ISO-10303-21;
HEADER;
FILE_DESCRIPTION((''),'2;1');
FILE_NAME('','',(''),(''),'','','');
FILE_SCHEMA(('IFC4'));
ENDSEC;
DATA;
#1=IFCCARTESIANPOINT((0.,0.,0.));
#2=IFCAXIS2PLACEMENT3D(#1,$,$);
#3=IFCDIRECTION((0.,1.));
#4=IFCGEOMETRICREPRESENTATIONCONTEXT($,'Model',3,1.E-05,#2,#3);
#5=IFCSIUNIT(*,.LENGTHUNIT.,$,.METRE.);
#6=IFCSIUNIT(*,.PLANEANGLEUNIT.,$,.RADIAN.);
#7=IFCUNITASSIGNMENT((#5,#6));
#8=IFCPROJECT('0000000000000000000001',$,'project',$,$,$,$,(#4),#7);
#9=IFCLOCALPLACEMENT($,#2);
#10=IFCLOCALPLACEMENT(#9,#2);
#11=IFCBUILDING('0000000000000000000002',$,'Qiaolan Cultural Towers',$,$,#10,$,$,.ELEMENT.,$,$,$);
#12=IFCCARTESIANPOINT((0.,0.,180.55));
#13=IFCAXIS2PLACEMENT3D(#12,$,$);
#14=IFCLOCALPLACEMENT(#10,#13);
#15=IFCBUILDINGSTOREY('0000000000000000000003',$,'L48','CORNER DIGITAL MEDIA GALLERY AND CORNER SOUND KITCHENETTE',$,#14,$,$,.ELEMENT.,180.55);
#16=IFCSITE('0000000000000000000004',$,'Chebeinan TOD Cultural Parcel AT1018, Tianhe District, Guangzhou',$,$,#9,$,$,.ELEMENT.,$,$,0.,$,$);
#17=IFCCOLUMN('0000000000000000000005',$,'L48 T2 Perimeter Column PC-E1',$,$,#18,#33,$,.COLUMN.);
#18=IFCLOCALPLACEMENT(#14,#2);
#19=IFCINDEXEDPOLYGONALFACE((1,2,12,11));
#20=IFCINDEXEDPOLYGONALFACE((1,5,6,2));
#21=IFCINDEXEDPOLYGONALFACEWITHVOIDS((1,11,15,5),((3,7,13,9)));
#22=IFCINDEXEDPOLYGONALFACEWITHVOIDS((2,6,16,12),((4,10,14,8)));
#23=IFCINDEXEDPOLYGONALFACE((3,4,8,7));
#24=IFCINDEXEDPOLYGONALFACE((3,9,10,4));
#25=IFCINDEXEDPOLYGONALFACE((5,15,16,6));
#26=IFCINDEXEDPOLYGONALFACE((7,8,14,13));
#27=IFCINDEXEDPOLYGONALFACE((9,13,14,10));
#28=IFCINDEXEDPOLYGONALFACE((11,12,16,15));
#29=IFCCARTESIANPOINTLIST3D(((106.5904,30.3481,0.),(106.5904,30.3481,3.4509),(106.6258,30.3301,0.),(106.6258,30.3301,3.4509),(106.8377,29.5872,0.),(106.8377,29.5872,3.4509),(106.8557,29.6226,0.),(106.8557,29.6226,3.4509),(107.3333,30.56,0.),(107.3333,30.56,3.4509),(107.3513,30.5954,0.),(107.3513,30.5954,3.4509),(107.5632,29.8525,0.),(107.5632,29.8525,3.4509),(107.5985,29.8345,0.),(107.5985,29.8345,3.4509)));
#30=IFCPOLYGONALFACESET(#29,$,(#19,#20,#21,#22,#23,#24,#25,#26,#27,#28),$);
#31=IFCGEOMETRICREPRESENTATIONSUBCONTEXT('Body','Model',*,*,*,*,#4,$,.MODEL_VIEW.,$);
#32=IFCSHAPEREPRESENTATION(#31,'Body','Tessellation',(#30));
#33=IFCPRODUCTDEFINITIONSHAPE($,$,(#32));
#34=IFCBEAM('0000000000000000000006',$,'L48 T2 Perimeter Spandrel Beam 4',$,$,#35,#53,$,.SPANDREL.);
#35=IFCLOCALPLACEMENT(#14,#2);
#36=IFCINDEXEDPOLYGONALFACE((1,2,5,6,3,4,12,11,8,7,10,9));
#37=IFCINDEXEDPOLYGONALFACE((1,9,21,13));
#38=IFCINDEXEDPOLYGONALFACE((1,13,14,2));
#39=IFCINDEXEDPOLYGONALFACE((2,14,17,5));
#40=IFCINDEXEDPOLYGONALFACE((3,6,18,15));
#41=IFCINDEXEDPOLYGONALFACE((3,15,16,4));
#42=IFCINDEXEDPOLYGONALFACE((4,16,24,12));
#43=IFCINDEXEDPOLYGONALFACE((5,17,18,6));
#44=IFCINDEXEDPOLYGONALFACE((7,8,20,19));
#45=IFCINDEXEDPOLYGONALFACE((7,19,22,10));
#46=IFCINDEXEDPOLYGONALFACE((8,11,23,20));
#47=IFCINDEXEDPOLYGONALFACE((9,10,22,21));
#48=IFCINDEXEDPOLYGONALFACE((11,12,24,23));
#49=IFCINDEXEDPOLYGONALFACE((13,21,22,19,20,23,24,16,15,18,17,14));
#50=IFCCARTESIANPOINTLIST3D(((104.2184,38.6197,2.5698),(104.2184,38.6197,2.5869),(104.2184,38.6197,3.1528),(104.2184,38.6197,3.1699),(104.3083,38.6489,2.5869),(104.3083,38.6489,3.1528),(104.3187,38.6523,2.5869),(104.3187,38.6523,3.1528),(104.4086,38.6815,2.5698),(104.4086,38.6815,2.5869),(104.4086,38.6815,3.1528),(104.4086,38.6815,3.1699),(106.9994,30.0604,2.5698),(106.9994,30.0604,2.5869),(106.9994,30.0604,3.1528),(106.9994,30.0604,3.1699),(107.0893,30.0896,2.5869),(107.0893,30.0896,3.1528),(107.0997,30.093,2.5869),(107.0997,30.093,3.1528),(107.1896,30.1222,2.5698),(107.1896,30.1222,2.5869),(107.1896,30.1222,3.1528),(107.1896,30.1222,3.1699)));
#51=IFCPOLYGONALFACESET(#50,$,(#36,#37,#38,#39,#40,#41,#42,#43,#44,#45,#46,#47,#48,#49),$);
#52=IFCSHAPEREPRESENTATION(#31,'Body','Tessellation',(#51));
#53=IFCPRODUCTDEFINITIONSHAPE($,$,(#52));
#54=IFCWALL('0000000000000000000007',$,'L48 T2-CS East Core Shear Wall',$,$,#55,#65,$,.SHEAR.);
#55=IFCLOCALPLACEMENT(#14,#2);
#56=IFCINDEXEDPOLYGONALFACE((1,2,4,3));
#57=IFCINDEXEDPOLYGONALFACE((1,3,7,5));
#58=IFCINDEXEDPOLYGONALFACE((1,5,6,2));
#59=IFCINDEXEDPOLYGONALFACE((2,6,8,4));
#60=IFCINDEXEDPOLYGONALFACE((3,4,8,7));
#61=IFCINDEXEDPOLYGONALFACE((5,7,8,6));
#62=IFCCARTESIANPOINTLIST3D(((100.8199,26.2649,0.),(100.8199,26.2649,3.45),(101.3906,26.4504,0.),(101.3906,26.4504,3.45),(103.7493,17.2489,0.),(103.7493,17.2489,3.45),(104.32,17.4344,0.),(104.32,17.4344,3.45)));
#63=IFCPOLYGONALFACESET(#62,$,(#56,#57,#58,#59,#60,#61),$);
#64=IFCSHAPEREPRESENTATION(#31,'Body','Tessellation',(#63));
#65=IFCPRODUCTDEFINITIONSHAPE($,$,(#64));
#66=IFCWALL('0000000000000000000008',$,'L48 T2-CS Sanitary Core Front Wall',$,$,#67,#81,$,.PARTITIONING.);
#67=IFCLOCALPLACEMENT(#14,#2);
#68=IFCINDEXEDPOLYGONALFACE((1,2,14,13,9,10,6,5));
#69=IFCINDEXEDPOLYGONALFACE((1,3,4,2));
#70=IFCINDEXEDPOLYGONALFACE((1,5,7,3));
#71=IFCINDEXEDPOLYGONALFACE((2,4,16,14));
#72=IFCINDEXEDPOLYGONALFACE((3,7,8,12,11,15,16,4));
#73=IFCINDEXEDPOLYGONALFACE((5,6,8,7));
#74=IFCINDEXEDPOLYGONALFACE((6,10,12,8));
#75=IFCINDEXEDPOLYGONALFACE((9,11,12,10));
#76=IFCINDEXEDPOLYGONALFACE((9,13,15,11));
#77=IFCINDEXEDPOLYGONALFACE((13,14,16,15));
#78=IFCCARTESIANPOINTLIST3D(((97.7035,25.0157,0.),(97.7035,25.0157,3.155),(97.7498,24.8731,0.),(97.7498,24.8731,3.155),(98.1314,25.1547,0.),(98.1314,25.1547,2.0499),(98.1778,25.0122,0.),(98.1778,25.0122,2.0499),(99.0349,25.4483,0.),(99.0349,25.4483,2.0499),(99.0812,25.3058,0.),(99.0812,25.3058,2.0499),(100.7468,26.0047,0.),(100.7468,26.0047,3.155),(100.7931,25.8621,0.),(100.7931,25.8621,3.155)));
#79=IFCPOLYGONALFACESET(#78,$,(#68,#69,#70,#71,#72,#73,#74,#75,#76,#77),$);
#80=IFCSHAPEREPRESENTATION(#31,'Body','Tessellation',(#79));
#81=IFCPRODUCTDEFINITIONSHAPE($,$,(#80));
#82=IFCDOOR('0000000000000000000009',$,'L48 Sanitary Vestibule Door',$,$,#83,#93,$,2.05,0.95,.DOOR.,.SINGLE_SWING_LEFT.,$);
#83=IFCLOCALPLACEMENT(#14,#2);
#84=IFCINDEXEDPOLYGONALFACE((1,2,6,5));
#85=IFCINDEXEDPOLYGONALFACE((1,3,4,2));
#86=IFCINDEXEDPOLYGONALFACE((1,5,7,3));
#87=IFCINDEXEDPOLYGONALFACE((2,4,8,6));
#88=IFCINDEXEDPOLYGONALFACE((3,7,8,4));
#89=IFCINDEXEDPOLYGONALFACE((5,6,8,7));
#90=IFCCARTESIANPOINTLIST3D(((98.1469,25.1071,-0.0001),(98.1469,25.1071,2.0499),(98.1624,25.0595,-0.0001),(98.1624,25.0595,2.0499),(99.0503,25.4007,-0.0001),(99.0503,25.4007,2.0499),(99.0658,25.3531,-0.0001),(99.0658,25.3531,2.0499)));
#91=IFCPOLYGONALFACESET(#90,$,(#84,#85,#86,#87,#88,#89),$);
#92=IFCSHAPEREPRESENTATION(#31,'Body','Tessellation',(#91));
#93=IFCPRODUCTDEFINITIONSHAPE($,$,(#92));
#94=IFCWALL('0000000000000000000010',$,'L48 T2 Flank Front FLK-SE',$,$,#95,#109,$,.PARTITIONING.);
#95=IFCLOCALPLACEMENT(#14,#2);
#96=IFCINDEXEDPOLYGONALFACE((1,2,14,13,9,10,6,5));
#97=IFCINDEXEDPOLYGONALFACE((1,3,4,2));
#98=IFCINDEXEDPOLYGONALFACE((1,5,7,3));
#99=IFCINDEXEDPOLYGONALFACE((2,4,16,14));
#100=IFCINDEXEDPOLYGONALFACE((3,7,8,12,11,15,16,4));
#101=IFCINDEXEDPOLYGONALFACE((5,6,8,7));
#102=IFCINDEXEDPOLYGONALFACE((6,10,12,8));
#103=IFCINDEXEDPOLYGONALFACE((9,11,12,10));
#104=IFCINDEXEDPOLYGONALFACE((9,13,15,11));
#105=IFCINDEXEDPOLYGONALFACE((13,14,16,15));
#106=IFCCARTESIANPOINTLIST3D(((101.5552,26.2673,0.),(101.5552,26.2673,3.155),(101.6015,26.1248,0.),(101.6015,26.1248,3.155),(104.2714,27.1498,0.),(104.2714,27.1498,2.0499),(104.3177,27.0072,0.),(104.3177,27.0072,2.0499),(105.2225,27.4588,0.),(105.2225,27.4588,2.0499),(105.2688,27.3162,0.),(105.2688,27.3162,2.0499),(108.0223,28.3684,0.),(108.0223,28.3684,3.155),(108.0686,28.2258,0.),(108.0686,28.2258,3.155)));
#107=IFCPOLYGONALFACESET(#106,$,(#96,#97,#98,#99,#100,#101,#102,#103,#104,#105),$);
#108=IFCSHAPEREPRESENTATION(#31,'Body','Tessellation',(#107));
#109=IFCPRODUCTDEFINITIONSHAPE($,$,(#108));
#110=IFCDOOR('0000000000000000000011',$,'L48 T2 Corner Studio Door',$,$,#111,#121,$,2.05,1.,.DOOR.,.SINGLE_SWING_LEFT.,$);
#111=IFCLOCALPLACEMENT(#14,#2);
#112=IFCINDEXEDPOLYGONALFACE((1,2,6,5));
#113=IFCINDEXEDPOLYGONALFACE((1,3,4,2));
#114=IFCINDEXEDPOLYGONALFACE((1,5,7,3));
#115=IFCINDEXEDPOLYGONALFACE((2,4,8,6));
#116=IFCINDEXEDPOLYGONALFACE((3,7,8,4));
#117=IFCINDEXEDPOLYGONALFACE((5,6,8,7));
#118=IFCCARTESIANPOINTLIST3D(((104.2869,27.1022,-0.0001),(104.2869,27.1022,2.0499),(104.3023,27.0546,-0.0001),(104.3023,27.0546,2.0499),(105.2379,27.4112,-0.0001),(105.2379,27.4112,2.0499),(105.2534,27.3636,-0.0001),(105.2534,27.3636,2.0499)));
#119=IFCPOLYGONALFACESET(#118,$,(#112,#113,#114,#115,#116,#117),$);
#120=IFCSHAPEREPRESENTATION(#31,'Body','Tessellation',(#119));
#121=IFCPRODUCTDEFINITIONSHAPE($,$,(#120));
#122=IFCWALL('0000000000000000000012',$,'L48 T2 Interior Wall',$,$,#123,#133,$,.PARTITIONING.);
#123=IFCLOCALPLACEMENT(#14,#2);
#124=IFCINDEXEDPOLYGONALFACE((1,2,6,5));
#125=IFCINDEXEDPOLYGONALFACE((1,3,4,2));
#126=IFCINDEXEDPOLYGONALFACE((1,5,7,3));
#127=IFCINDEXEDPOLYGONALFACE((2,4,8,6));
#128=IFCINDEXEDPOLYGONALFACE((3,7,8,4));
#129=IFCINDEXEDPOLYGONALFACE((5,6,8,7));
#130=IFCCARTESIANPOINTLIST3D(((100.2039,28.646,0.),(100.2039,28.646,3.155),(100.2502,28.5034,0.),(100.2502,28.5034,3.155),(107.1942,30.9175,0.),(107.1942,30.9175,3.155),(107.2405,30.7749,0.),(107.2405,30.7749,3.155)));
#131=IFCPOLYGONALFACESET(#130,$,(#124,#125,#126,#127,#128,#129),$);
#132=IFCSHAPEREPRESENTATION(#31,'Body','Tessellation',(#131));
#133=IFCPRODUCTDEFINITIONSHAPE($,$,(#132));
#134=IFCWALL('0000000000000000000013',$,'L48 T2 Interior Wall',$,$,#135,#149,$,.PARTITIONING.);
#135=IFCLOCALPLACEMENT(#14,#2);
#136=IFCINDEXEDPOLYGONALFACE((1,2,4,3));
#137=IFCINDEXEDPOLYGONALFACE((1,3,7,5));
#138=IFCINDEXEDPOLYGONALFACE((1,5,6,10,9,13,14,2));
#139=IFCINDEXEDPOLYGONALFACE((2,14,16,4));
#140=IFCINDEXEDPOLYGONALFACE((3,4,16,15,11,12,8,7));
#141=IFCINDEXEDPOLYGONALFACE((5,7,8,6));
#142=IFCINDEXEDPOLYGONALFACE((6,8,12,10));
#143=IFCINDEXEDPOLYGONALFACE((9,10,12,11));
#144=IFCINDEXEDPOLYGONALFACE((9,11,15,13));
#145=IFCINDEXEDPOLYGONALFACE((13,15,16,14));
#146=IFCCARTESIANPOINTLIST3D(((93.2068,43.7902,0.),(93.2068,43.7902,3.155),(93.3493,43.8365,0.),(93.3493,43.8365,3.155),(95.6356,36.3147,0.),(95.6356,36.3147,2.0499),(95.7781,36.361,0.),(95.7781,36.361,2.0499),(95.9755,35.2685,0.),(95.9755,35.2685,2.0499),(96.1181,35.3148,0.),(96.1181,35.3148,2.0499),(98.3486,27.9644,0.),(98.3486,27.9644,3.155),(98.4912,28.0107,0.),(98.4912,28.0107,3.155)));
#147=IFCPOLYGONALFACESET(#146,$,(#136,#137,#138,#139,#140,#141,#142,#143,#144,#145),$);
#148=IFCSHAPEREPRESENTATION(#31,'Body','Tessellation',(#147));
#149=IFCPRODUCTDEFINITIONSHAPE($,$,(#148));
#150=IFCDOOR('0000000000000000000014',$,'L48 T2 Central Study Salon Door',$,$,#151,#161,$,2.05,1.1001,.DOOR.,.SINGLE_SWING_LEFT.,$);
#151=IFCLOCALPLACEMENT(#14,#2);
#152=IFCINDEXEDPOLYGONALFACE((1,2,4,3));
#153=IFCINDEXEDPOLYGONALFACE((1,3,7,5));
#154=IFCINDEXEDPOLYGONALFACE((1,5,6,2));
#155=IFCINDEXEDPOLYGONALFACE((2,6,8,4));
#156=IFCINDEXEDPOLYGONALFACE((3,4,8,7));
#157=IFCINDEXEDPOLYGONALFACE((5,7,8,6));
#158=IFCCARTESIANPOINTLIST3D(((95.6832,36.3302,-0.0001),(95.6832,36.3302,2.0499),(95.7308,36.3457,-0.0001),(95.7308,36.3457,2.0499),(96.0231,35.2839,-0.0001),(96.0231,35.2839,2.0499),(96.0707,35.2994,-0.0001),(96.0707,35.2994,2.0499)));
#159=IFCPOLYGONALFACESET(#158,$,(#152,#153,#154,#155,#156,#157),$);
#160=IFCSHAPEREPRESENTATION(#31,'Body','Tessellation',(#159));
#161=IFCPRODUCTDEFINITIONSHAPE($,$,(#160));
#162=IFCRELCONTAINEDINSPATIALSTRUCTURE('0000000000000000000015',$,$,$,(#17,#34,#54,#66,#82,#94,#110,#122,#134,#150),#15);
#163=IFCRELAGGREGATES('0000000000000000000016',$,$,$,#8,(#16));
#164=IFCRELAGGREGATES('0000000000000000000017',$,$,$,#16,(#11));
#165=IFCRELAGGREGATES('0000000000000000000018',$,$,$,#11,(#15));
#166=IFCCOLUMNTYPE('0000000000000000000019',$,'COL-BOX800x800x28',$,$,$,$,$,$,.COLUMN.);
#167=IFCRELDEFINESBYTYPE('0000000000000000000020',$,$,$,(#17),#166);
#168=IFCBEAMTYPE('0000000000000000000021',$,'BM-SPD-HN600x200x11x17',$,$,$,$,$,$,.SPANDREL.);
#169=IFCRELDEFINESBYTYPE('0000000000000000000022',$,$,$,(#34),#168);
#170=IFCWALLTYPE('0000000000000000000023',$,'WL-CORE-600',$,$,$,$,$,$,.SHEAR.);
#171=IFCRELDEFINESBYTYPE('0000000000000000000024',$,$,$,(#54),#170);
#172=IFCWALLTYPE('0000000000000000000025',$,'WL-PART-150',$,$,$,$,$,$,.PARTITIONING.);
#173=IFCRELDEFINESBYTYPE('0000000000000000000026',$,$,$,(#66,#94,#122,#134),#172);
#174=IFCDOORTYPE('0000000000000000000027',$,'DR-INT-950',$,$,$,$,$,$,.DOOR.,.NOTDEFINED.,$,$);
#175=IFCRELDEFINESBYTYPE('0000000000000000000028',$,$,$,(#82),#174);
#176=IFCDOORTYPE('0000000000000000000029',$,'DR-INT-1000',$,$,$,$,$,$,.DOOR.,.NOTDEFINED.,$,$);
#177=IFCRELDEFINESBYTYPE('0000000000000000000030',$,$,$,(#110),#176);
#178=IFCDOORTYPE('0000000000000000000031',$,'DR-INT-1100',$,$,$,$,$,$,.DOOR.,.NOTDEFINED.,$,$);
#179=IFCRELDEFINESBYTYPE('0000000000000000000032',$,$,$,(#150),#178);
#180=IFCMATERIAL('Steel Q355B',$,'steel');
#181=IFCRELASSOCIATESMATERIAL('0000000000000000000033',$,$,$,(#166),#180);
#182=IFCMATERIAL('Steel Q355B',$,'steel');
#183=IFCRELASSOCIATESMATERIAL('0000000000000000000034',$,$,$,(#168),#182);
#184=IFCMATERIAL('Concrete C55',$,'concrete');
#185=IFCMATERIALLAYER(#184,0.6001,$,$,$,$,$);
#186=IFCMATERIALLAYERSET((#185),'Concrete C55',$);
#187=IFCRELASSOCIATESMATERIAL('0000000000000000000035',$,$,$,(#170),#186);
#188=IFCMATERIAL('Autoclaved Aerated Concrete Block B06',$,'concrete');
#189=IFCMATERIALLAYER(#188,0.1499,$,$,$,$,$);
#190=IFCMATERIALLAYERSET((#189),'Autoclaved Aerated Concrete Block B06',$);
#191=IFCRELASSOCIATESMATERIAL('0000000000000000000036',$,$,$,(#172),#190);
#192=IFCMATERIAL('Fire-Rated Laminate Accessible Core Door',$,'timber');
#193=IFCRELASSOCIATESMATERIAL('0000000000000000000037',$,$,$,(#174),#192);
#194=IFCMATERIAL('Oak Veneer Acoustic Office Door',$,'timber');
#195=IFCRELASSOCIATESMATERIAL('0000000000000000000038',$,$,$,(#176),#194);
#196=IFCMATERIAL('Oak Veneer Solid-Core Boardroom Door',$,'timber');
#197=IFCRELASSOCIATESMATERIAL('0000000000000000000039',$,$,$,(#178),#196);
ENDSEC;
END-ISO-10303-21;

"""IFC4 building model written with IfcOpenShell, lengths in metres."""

from ifc_helpers import new_model, si_unit, direction, frame, frame_2d, origin, origin_2d, place, context, subcontext, project, spatial, rectangle, hollow_rectangle, i_section, extrude, material, layer, layer_set, material_profile, profile_set, type_object, element, fill, save


model = new_model("IFC4")

# Units and contexts
model_context = context("Model", 3, precision=1e-05, world=origin(), true_north=direction((0.0, 1.0)))
body_context = subcontext(model_context, "Body", "Model", "MODEL_VIEW")
ifc_project = project(units=[si_unit("LENGTHUNIT", "METRE"), si_unit("PLANEANGLEUNIT", "RADIAN")], contexts=[model_context])

# Site, building, storey
site_placement = place(None, origin())
site = spatial("IfcSite", under=ifc_project, at=site_placement, Name="Chebeinan TOD Cultural Parcel AT1018, Tianhe District, Guangzhou", CompositionType="ELEMENT", RefElevation=0.0)
building_placement = place(site_placement, origin())
building = spatial("IfcBuilding", under=site, at=building_placement, Name="Qiaolan Cultural Towers", CompositionType="ELEMENT")
storey_placement = place(building_placement, frame((0.0, 0.0, 180.55)))
storey = spatial("IfcBuildingStorey", under=building, at=storey_placement, Name="L48", Description="CORNER DIGITAL MEDIA GALLERY AND CORNER SOUND KITCHENETTE", CompositionType="ELEMENT", Elevation=180.55)

# Column
ifc_material_1 = material(Name="Steel Q355B", Category="steel")
ifc_material_profile_1 = material_profile(ifc_material_1, hollow_rectangle(XDim=0.8, YDim=0.8, WallThickness=0.0281, at=origin_2d()), Name="BOX800x800x28")
ifc_profile_set_1 = profile_set([ifc_material_profile_1], Name="Steel Q355B")
column_type = type_object("IfcColumnType", Name="COL-BOX800x800x28", PredefinedType="COLUMN", material=ifc_profile_set_1)
column_placement = place(storey_placement, frame((107.0945, 30.0913, 0.0), z_axis=(0.0, 0.0, 1.0), x_axis=(0.951057, 0.309017, 0.0)))
element("IfcColumn", 1, at=column_placement, inside=storey, type_object=column_type, Name="L48 T2 Perimeter Column PC-E1", PredefinedType="COLUMN", context=body_context, shape_type="SweptSolid", body=[
    extrude(hollow_rectangle(XDim=0.8, YDim=0.8, WallThickness=0.0281, at=origin_2d()), origin(), (0.0, 0.0, 1.0), 3.4509),
])

# Beam
ifc_material_2 = material(Name="Steel Q355B", Category="steel")
ifc_material_profile_2 = material_profile(ifc_material_2, i_section(OverallWidth=0.2, OverallDepth=0.6001, WebThickness=0.011, FlangeThickness=0.0171, at=origin_2d()), Name="HN600x200x11x17")
ifc_profile_set_2 = profile_set([ifc_material_profile_2], Name="Steel Q355B")
beam_type = type_object("IfcBeamType", Name="BM-SPD-HN600x200x11x17", PredefinedType="SPANDREL", material=ifc_profile_set_2)
beam_placement = place(storey_placement, frame((107.0945, 30.0913, 2.8699), z_axis=(-0.309008, 0.951059, 0.0), x_axis=(-0.951059, -0.309008, 0.0)))
element("IfcBeam", 2, at=beam_placement, inside=storey, type_object=beam_type, Name="L48 T2 Perimeter Spandrel Beam 4", PredefinedType="SPANDREL", context=body_context, shape_type="SweptSolid", body=[
    extrude(i_section(OverallWidth=0.2, OverallDepth=0.6001, WebThickness=0.011, FlangeThickness=0.0171, at=origin_2d()), origin(), (0.0, 0.0, 1.0), 8.9998),
])

# Wall
ifc_material_3 = material(Name="Concrete C55", Category="concrete")
ifc_layer_1 = layer(ifc_material_3, 0.6001)
ifc_layer_set_1 = layer_set([ifc_layer_1], Name="Concrete C55")
wall_type_1 = type_object("IfcWallType", Name="WL-CORE-600", PredefinedType="SHEAR", material=ifc_layer_set_1)
wall_1_placement = place(storey_placement, frame((101.1052, 26.3577, 0.0), z_axis=(0.0, 0.0, 1.0), x_axis=(0.30901, -0.951059, 0.0)))
element("IfcWall", 3, at=wall_1_placement, inside=storey, type_object=wall_type_1, Name="L48 T2-CS East Core Shear Wall", PredefinedType="SHEAR", context=body_context, shape_type="SweptSolid", body=[
    extrude(rectangle(XDim=9.48, YDim=0.6001, at=frame_2d((4.74, 0.0))), origin(), (0.0, 0.0, 1.0), 3.45),
])

# Walls, openings, doors
ifc_material_4 = material(Name="Autoclaved Aerated Concrete Block B06", Category="concrete")
ifc_layer_2 = layer(ifc_material_4, 0.1499)
ifc_layer_set_2 = layer_set([ifc_layer_2], Name="Autoclaved Aerated Concrete Block B06")
wall_type_2 = type_object("IfcWallType", Name="WL-PART-150", PredefinedType="PARTITIONING", material=ifc_layer_set_2)
wall_2_placement = place(storey_placement, frame((97.7266, 24.9443, 0.0), z_axis=(0.0, 0.0, 1.0), x_axis=(0.951037, 0.309077, 0.0)))
wall_2 = element("IfcWall", 4, at=wall_2_placement, inside=storey, type_object=wall_type_2, Name="L48 T2-CS Sanitary Core Front Wall", PredefinedType="PARTITIONING", context=body_context, shape_type="SweptSolid", body=[
    extrude(rectangle(XDim=3.2, YDim=0.1499, at=frame_2d((1.6001, 0.0))), origin(), (0.0, 0.0, 1.0), 3.155),
])
opening_1_placement = place(wall_2_placement, frame((0.45, 0.0, 0.0)))
opening_1 = element("IfcOpeningElement", 5, at=opening_1_placement, cuts=wall_2, PredefinedType="OPENING", context=body_context, shape_type="SweptSolid", body=[
    extrude(rectangle(XDim=0.95, YDim=2.05, at=frame_2d((0.4751, 1.0249))), frame((0.0, 0.085, 0.0), z_axis=(0.0, -1.0, 0.0), x_axis=(1.0, 0.0, 0.0)), (0.0, 0.0, 1.0), 0.1699),
])
ifc_material_5 = material(Name="Fire-Rated Laminate Accessible Core Door", Category="timber")
door_type_1 = type_object("IfcDoorType", Name="DR-INT-950", OperationType="NOTDEFINED", PredefinedType="DOOR", material=ifc_material_5)
door_1_placement = place(opening_1_placement, origin())
door_1 = element("IfcDoor", 6, at=door_1_placement, inside=storey, type_object=door_type_1, Name="L48 Sanitary Vestibule Door", OperationType="SINGLE_SWING_LEFT", OverallHeight=2.05, OverallWidth=0.95, PredefinedType="DOOR", context=body_context, shape_type="SweptSolid", body=[
    extrude(rectangle(XDim=0.95, YDim=2.05, at=frame_2d((0.4751, 1.0249))), frame((0.0, 0.0249, 0.0), z_axis=(0.0, -1.0, 0.0), x_axis=(1.0, 0.0, 0.0)), (0.0, 0.0, 1.0), 0.05),
])
fill(opening_1, door_1)
wall_3_placement = place(storey_placement, frame((101.5784, 26.196, 0.0), z_axis=(0.0, 0.0, 1.0), x_axis=(0.951065, 0.308991, 0.0)))
wall_3 = element("IfcWall", 7, at=wall_3_placement, inside=storey, type_object=wall_type_2, Name="L48 T2 Flank Front FLK-SE", PredefinedType="PARTITIONING", context=body_context, shape_type="SweptSolid", body=[
    extrude(rectangle(XDim=6.7998, YDim=0.1499, at=frame_2d((3.3999, 0.0))), origin(), (0.0, 0.0, 1.0), 3.155),
])
opening_2_placement = place(wall_3_placement, frame((2.856, 0.0, 0.0)))
opening_2 = element("IfcOpeningElement", 8, at=opening_2_placement, cuts=wall_3, PredefinedType="OPENING", context=body_context, shape_type="SweptSolid", body=[
    extrude(rectangle(XDim=1.0, YDim=2.05, at=frame_2d((0.5, 1.0249))), frame((0.0, 0.085, 0.0), z_axis=(0.0, -1.0, 0.0), x_axis=(1.0, 0.0, 0.0)), (0.0, 0.0, 1.0), 0.1699),
])
ifc_material_6 = material(Name="Oak Veneer Acoustic Office Door", Category="timber")
door_type_2 = type_object("IfcDoorType", Name="DR-INT-1000", OperationType="NOTDEFINED", PredefinedType="DOOR", material=ifc_material_6)
door_2_placement = place(opening_2_placement, origin())
door_2 = element("IfcDoor", 9, at=door_2_placement, inside=storey, type_object=door_type_2, Name="L48 T2 Corner Studio Door", OperationType="SINGLE_SWING_LEFT", OverallHeight=2.05, OverallWidth=1.0, PredefinedType="DOOR", context=body_context, shape_type="SweptSolid", body=[
    extrude(rectangle(XDim=1.0, YDim=2.05, at=frame_2d((0.5, 1.0249))), frame((0.0, 0.0249, 0.0), z_axis=(0.0, -1.0, 0.0), x_axis=(1.0, 0.0, 0.0)), (0.0, 0.0, 1.0), 0.05),
])
fill(opening_2, door_2)

# Wall
wall_4_placement = place(storey_placement, frame((100.2271, 28.5747, 0.0), z_axis=(0.0, 0.0, 1.0), x_axis=(0.951048, 0.309044, 0.0)))
element("IfcWall", 10, at=wall_4_placement, inside=storey, type_object=wall_type_2, Name="L48 T2 Interior Wall", PredefinedType="PARTITIONING", context=body_context, shape_type="SweptSolid", body=[
    extrude(rectangle(XDim=7.3501, YDim=0.1499, at=frame_2d((3.675, 0.0))), origin(), (0.0, 0.0, 1.0), 3.155),
])

# Wall, opening, door
wall_5_placement = place(storey_placement, frame((98.4199, 27.9875, 0.0), z_axis=(0.0, 0.0, 1.0), x_axis=(-0.309004, 0.951061, 0.0)))
wall_5 = element("IfcWall", 11, at=wall_5_placement, inside=storey, type_object=wall_type_2, Name="L48 T2 Interior Wall", PredefinedType="PARTITIONING", context=body_context, shape_type="SweptSolid", body=[
    extrude(rectangle(XDim=16.6401, YDim=0.1499, at=frame_2d((8.3201, 0.0))), origin(), (0.0, 0.0, 1.0), 3.155),
])
opening_3_placement = place(wall_5_placement, frame((7.6799, 0.0, 0.0)))
opening_3 = element("IfcOpeningElement", 12, at=opening_3_placement, cuts=wall_5, PredefinedType="OPENING", context=body_context, shape_type="SweptSolid", body=[
    extrude(rectangle(XDim=1.1001, YDim=2.05, at=frame_2d((0.55, 1.0249))), frame((0.0, 0.085, 0.0), z_axis=(0.0, -1.0, 0.0), x_axis=(1.0, 0.0, 0.0)), (0.0, 0.0, 1.0), 0.1699),
])
ifc_material_7 = material(Name="Oak Veneer Solid-Core Boardroom Door", Category="timber")
door_type_3 = type_object("IfcDoorType", Name="DR-INT-1100", OperationType="NOTDEFINED", PredefinedType="DOOR", material=ifc_material_7)
door_3_placement = place(opening_3_placement, origin())
door_3 = element("IfcDoor", 13, at=door_3_placement, inside=storey, type_object=door_type_3, Name="L48 T2 Central Study Salon Door", OperationType="SINGLE_SWING_LEFT", OverallHeight=2.05, OverallWidth=1.1001, PredefinedType="DOOR", context=body_context, shape_type="SweptSolid", body=[
    extrude(rectangle(XDim=1.1001, YDim=2.05, at=frame_2d((0.55, 1.0249))), frame((0.0, 0.0249, 0.0), z_axis=(0.0, -1.0, 0.0), x_axis=(1.0, 0.0, 0.0)), (0.0, 0.0, 1.0), 0.05),
])
fill(opening_3, door_3)

save(model, "model.ifc")
